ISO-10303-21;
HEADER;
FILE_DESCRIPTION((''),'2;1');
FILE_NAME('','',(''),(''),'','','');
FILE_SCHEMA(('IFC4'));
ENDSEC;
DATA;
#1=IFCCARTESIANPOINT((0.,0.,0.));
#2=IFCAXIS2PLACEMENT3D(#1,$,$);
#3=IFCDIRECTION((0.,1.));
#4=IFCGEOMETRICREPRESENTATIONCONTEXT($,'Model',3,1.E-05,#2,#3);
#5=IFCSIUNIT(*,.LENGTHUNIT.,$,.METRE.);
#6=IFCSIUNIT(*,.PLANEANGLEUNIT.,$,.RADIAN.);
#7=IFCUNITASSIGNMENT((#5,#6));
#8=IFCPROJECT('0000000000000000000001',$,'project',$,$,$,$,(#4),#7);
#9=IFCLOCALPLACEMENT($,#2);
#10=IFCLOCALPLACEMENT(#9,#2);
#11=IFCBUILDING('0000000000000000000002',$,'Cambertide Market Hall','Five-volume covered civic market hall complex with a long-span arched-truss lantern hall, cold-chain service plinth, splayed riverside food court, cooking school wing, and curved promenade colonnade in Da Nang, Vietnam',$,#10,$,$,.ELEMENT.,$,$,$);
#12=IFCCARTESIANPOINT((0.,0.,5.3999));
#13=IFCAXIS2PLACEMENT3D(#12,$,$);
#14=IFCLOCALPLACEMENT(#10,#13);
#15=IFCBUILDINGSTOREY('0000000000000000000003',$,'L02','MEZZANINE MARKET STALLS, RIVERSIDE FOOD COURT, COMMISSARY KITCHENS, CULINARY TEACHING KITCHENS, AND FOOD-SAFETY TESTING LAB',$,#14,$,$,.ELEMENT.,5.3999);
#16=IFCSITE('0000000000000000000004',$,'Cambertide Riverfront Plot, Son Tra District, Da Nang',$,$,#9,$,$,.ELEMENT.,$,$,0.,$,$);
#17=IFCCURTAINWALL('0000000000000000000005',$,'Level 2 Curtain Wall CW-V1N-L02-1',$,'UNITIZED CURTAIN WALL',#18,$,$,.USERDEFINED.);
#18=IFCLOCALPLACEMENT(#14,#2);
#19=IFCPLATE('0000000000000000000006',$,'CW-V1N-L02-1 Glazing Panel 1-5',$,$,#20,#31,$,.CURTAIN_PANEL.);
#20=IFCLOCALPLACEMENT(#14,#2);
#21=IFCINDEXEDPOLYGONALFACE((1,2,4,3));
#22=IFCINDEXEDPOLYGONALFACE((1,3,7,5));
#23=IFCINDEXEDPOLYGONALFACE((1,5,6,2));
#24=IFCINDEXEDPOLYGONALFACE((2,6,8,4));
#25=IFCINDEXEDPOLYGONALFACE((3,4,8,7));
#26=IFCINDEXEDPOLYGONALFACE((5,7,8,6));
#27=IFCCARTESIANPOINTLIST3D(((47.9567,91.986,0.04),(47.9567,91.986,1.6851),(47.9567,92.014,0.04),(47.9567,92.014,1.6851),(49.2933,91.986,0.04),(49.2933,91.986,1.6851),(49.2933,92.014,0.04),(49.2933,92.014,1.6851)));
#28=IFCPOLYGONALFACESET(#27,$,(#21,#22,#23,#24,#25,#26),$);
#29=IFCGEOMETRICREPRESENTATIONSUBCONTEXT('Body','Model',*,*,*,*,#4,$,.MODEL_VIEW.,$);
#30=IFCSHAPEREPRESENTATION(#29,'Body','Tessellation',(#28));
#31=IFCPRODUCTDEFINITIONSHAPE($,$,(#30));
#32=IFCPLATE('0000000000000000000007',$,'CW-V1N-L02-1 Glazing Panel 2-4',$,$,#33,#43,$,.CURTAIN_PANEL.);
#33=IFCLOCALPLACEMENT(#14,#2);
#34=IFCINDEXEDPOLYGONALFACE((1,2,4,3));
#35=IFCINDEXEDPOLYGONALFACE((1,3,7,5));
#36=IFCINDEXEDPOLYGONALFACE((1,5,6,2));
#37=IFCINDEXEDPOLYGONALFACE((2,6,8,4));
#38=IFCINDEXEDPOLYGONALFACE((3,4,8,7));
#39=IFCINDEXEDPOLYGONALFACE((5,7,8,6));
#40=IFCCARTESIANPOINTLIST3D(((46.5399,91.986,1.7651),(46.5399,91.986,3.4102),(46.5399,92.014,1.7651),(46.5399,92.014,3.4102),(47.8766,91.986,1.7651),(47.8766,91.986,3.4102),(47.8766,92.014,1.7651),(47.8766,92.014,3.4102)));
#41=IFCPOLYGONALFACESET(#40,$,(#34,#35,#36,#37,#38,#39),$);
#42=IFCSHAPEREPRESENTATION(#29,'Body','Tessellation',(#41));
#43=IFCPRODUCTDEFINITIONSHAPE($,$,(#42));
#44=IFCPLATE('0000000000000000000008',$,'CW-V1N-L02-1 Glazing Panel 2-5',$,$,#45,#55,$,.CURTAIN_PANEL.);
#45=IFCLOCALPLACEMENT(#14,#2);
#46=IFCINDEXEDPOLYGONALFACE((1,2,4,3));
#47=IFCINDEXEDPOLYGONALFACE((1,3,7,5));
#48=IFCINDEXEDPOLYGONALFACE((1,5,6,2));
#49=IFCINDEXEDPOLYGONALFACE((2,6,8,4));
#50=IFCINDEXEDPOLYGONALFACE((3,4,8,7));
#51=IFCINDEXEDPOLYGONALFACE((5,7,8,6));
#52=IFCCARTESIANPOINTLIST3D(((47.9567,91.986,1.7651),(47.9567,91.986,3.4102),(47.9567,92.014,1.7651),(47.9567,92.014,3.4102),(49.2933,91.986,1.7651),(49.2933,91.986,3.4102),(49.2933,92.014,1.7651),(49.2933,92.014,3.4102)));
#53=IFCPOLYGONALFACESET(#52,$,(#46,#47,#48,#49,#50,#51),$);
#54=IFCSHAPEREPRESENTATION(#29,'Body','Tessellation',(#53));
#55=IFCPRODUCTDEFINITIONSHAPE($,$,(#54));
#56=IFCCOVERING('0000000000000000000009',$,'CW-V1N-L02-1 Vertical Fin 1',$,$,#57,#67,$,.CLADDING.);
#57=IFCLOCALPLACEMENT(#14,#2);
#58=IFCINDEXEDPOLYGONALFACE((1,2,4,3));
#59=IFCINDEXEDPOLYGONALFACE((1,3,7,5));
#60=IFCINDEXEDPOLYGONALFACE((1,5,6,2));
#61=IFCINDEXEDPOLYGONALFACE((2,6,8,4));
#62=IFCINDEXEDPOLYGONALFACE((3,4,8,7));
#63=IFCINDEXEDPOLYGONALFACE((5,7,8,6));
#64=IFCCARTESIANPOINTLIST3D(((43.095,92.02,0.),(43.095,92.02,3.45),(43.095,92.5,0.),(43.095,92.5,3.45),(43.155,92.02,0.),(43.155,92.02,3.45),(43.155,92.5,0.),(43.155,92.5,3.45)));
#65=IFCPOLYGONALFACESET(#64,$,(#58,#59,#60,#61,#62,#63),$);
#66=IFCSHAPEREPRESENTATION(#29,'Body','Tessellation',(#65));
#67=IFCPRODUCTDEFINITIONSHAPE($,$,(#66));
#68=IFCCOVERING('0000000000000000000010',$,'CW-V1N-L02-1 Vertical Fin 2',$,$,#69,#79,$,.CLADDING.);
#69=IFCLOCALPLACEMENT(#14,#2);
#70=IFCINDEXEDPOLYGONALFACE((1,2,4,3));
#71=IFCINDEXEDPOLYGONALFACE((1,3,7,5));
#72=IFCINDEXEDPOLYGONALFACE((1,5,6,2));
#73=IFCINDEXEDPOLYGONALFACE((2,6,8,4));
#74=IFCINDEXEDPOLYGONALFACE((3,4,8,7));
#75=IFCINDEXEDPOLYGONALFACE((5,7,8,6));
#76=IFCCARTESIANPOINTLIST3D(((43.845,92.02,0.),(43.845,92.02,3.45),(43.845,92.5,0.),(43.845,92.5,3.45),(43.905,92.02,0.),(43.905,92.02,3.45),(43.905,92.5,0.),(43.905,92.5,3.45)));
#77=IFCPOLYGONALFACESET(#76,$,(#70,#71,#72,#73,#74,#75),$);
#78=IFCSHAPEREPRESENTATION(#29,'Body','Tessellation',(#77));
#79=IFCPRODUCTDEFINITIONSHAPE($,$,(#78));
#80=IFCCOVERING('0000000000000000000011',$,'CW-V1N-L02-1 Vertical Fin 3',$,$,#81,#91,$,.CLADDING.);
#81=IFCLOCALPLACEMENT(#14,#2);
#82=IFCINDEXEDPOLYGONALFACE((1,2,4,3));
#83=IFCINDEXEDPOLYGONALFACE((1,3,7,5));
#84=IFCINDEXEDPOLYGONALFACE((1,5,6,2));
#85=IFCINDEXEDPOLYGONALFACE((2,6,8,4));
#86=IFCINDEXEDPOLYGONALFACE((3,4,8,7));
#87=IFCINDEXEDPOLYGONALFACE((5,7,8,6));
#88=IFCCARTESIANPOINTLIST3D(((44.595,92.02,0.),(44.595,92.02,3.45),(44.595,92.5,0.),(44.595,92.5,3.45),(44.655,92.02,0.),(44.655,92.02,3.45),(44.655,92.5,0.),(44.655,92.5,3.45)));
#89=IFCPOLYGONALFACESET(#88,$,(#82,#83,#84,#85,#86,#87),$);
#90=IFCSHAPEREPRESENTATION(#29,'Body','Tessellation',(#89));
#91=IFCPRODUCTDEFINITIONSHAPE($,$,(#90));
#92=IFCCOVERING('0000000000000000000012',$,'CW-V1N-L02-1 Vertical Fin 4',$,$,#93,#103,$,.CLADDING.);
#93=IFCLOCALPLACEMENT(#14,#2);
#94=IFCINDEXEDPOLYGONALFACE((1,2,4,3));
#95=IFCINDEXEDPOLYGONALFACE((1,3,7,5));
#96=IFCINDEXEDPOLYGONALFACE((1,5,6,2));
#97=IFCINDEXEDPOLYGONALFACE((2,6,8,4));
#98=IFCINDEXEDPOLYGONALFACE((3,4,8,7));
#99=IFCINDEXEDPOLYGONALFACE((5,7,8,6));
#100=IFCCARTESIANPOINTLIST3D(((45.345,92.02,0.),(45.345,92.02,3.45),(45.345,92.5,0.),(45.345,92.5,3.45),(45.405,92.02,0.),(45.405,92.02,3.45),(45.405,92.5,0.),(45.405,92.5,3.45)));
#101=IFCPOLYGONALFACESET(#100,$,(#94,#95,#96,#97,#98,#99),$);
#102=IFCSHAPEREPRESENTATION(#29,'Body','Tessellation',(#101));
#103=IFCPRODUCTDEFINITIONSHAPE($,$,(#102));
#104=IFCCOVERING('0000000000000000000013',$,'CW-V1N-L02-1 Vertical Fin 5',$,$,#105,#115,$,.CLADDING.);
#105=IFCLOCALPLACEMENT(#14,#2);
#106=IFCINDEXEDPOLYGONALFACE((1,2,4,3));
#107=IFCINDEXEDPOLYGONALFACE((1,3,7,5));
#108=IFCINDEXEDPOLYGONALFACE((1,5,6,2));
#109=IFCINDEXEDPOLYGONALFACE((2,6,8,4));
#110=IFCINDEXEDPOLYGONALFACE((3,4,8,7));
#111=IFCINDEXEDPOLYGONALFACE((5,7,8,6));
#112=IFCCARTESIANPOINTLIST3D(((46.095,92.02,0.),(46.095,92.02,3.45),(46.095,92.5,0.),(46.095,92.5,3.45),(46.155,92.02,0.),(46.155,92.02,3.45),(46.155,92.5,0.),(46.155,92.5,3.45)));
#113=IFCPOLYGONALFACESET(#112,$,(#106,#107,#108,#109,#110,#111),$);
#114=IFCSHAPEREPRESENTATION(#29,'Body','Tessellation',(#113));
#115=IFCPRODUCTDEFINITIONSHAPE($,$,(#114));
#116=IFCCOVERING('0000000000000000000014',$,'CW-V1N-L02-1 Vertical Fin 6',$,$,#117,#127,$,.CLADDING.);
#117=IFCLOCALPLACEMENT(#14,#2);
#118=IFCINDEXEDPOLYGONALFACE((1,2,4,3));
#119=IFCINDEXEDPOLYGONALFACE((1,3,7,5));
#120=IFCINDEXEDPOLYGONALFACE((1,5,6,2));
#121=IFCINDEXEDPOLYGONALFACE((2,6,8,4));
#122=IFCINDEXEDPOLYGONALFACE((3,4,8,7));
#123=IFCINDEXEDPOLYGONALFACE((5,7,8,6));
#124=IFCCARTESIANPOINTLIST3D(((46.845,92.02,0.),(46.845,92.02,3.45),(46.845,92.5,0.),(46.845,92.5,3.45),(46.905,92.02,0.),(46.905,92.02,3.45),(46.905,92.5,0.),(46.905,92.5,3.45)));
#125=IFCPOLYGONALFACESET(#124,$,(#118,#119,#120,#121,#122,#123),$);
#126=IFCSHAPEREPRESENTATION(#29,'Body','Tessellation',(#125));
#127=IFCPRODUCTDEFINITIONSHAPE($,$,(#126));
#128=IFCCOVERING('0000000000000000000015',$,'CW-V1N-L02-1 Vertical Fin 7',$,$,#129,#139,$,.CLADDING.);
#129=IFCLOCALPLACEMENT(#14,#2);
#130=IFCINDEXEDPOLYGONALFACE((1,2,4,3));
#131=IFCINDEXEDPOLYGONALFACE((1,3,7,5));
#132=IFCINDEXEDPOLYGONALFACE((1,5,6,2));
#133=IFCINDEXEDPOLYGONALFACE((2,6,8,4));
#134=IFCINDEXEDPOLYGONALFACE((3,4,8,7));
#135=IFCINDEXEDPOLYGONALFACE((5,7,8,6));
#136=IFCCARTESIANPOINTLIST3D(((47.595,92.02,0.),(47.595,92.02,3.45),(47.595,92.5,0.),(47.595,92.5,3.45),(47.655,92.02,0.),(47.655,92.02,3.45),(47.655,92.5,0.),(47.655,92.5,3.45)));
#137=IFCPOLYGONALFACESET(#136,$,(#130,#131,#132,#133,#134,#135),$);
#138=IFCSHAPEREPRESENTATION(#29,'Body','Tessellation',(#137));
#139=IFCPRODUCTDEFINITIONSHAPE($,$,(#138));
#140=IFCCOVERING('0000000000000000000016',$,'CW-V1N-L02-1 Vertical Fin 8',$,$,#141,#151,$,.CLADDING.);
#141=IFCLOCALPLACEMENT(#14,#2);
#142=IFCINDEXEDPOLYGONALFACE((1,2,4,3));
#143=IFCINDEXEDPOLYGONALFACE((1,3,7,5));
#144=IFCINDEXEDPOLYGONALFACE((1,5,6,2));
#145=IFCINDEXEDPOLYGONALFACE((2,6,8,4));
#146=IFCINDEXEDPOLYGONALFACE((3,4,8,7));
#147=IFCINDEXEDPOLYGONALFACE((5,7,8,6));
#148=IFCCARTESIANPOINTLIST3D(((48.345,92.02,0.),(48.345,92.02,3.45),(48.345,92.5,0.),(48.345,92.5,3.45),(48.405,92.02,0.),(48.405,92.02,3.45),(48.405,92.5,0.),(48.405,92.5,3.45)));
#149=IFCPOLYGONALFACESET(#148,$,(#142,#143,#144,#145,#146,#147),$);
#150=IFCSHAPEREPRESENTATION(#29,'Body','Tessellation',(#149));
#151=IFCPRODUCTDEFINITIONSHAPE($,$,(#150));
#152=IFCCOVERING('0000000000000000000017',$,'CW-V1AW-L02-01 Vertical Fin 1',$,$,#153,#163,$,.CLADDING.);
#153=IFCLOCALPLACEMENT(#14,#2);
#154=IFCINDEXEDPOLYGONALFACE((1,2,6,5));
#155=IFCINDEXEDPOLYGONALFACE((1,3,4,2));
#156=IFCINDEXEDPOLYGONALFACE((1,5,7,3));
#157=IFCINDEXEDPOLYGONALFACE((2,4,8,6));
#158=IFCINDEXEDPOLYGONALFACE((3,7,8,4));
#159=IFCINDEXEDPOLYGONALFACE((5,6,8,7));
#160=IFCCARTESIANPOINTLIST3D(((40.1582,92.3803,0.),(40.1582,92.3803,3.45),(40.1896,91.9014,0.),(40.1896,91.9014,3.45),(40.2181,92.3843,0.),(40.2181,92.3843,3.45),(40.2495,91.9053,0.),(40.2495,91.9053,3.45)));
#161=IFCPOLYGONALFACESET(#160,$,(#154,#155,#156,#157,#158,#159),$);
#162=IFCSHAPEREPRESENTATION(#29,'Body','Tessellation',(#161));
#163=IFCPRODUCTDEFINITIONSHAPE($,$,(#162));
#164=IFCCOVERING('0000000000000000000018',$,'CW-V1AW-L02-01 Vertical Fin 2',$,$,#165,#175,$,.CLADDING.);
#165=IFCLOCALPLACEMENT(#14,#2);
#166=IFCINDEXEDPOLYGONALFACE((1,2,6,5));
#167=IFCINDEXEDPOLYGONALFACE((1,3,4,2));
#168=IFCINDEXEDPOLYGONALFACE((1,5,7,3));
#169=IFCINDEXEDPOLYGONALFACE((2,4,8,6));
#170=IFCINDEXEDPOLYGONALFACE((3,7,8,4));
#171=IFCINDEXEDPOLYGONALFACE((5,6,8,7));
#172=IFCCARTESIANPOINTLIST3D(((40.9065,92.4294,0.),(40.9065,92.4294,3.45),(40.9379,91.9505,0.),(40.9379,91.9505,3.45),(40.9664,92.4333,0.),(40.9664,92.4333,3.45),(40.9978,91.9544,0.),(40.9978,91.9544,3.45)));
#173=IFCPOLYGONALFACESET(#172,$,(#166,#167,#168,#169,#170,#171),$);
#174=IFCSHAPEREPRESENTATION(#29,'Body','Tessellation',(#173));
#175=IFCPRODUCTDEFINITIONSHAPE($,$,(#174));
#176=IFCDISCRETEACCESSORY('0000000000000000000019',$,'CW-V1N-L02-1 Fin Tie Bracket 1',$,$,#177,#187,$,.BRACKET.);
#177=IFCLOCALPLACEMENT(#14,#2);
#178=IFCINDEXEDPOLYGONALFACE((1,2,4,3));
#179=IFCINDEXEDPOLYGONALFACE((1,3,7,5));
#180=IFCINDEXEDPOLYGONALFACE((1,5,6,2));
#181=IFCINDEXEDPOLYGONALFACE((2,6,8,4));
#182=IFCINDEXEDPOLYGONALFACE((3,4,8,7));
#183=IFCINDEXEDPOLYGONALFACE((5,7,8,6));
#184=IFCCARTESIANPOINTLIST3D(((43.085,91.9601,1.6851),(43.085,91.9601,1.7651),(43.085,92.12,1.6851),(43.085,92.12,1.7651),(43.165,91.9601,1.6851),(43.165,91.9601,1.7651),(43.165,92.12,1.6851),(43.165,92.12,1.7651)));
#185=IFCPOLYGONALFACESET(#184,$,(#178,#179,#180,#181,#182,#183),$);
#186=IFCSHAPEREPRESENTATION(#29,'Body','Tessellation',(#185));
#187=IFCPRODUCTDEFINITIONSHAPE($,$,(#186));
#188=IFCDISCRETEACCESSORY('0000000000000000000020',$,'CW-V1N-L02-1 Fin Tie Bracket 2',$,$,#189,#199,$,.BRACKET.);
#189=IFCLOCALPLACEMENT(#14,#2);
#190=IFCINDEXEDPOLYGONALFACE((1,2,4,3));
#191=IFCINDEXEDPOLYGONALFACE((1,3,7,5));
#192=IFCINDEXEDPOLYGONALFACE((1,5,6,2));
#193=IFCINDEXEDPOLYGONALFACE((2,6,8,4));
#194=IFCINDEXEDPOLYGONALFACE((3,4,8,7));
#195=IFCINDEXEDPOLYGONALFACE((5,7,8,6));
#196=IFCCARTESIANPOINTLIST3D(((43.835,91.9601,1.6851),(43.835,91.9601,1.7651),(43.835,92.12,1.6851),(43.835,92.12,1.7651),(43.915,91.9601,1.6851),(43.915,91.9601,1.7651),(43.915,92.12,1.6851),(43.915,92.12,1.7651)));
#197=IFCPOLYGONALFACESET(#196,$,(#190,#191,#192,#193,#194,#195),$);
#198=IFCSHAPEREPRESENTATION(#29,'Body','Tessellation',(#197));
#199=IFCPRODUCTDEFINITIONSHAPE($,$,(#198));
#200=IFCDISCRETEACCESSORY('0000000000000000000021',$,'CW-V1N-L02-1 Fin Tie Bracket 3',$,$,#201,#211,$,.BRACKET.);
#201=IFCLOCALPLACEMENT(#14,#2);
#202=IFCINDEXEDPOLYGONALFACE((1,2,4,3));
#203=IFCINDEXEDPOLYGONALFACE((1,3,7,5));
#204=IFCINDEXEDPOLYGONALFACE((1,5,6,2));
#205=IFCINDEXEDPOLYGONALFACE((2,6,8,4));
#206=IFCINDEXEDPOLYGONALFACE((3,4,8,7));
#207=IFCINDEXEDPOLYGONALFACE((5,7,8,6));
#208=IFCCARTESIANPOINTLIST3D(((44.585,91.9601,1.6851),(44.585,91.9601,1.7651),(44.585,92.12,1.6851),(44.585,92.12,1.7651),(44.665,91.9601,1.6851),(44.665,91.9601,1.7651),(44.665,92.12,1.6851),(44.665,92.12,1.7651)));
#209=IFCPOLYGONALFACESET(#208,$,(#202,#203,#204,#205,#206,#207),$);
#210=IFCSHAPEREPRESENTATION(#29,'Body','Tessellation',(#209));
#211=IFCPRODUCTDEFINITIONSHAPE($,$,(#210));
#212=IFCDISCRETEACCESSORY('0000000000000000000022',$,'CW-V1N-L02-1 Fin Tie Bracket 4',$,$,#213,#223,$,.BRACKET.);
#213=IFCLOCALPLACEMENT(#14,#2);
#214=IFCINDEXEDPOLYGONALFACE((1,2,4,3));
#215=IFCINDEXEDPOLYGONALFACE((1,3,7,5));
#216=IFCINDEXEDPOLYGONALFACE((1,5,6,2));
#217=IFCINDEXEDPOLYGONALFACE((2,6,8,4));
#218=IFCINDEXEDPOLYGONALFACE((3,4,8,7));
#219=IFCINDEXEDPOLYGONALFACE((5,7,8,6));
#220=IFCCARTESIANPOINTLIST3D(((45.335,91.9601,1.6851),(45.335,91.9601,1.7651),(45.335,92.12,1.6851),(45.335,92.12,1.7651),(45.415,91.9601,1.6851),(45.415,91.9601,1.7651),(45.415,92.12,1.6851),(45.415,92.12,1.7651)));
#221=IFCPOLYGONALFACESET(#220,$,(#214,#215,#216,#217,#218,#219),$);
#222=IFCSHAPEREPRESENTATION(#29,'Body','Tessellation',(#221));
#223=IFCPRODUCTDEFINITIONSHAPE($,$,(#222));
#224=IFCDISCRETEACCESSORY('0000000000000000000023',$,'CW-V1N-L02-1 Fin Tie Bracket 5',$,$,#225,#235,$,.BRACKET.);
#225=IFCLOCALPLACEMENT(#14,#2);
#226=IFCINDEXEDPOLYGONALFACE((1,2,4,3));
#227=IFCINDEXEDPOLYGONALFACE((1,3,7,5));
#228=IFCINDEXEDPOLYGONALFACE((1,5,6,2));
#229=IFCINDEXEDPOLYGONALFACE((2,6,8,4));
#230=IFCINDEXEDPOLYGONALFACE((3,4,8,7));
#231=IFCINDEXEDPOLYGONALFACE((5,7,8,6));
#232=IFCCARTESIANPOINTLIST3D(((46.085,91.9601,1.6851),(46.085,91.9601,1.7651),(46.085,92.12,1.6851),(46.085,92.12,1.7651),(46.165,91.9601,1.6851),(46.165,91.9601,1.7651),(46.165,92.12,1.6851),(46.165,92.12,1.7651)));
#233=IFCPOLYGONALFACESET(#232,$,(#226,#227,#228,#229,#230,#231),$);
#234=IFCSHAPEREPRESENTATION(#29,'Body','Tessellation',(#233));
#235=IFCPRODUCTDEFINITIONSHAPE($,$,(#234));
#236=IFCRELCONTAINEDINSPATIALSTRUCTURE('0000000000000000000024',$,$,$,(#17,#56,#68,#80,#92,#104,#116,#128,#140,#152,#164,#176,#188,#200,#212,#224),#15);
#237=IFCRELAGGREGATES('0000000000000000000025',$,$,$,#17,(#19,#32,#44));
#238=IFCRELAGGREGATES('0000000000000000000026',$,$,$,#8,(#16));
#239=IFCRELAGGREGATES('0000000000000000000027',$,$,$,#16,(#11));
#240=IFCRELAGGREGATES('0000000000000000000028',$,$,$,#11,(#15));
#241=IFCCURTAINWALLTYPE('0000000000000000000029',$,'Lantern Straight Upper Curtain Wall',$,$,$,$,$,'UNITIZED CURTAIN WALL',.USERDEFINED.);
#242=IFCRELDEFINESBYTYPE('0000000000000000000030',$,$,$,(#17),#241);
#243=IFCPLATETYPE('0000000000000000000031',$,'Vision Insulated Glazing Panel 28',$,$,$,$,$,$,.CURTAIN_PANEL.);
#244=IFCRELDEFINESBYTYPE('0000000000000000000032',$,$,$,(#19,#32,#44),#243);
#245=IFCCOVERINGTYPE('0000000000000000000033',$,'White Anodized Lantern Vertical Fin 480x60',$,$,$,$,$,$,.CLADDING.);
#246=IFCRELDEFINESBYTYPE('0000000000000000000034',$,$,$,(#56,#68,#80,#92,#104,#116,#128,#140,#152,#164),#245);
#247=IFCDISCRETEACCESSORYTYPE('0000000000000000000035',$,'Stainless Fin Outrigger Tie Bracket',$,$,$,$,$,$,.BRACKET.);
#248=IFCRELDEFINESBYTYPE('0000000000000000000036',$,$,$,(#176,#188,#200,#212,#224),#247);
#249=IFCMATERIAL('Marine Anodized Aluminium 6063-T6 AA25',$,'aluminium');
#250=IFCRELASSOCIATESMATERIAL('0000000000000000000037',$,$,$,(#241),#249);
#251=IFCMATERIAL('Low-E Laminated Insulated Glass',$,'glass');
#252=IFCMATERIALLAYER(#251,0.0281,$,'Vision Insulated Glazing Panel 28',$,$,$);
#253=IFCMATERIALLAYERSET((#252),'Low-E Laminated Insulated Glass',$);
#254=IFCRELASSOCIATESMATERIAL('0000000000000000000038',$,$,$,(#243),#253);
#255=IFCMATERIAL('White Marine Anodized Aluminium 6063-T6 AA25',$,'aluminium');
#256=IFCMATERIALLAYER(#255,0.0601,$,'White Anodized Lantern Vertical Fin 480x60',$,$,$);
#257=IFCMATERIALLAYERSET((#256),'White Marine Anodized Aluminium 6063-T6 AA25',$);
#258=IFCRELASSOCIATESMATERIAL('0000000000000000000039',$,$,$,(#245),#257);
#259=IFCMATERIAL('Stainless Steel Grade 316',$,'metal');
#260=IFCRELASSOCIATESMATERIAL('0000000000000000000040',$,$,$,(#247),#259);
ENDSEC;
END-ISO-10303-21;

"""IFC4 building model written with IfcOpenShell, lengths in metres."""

from ifc_helpers import new_model, si_unit, direction, frame, origin, origin_2d, place, context, subcontext, project, spatial, rectangle, extrude, material, layer, layer_set, type_object, element, aggregate, save


model = new_model("IFC4")

# Units and contexts
model_context = context("Model", 3, precision=1e-05, world=origin(), true_north=direction((0.0, 1.0)))
body_context = subcontext(model_context, "Body", "Model", "MODEL_VIEW")
ifc_project = project(units=[si_unit("LENGTHUNIT", "METRE"), si_unit("PLANEANGLEUNIT", "RADIAN")], contexts=[model_context])

# Site, building, storey
site_placement = place(None, origin())
site = spatial("IfcSite", under=ifc_project, at=site_placement, Name="Cambertide Riverfront Plot, Son Tra District, Da Nang", CompositionType="ELEMENT", RefElevation=0.0)
building_placement = place(site_placement, origin())
building = spatial("IfcBuilding", under=site, at=building_placement, Name="Cambertide Market Hall", Description="Five-volume covered civic market hall complex with a long-span arched-truss lantern hall, cold-chain service plinth, splayed riverside food court, cooking school wing, and curved promenade colonnade in Da Nang, Vietnam", CompositionType="ELEMENT")
storey_placement = place(building_placement, frame((0.0, 0.0, 5.3999)))
storey = spatial("IfcBuildingStorey", under=building, at=storey_placement, Name="L02", Description="MEZZANINE MARKET STALLS, RIVERSIDE FOOD COURT, COMMISSARY KITCHENS, CULINARY TEACHING KITCHENS, AND FOOD-SAFETY TESTING LAB", CompositionType="ELEMENT", Elevation=5.3999)

# Curtain wall
ifc_material_1 = material(Name="Marine Anodized Aluminium 6063-T6 AA25", Category="aluminium")
curtain_wall_type = type_object("IfcCurtainWallType", Name="Lantern Straight Upper Curtain Wall", ElementType="UNITIZED CURTAIN WALL", PredefinedType="USERDEFINED", material=ifc_material_1)
curtain_wall_placement = place(storey_placement, origin())
curtain_wall = element("IfcCurtainWall", 1, at=curtain_wall_placement, inside=storey, type_object=curtain_wall_type, Name="Level 2 Curtain Wall CW-V1N-L02-1", ObjectType="UNITIZED CURTAIN WALL", PredefinedType="USERDEFINED")

# Plates
ifc_material_2 = material(Name="Low-E Laminated Insulated Glass", Category="glass")
ifc_layer_1 = layer(ifc_material_2, 0.0281, Name="Vision Insulated Glazing Panel 28")
ifc_layer_set_1 = layer_set([ifc_layer_1], Name="Low-E Laminated Insulated Glass")
plate_type = type_object("IfcPlateType", Name="Vision Insulated Glazing Panel 28", PredefinedType="CURTAIN_PANEL", material=ifc_layer_set_1)
plate_1_placement = place(storey_placement, frame((48.625, 92.0, 0.04), z_axis=(0.0, 0.0, 1.0), x_axis=(1.0, 0.0, 0.0)))
plate_1 = element("IfcPlate", 2, at=plate_1_placement, type_object=plate_type, Name="CW-V1N-L02-1 Glazing Panel 1-5", PredefinedType="CURTAIN_PANEL", context=body_context, shape_type="SweptSolid", body=[
    extrude(rectangle(XDim=1.3367, YDim=0.0281, at=origin_2d()), origin(), (0.0, 0.0, 1.0), 1.645),
])
plate_2_placement = place(storey_placement, frame((47.2083, 92.0, 1.7651), z_axis=(0.0, 0.0, 1.0), x_axis=(1.0, 0.0, 0.0)))
plate_2 = element("IfcPlate", 3, at=plate_2_placement, type_object=plate_type, Name="CW-V1N-L02-1 Glazing Panel 2-4", PredefinedType="CURTAIN_PANEL", context=body_context, shape_type="SweptSolid", body=[
    extrude(rectangle(XDim=1.3367, YDim=0.0281, at=origin_2d()), origin(), (0.0, 0.0, 1.0), 1.645),
])
plate_3_placement = place(storey_placement, frame((48.625, 92.0, 1.7651), z_axis=(0.0, 0.0, 1.0), x_axis=(1.0, 0.0, 0.0)))
plate_3 = element("IfcPlate", 4, at=plate_3_placement, type_object=plate_type, Name="CW-V1N-L02-1 Glazing Panel 2-5", PredefinedType="CURTAIN_PANEL", context=body_context, shape_type="SweptSolid", body=[
    extrude(rectangle(XDim=1.3367, YDim=0.0281, at=origin_2d()), origin(), (0.0, 0.0, 1.0), 1.645),
])
aggregate(curtain_wall, [plate_1, plate_2, plate_3])

# Coverings
ifc_material_3 = material(Name="White Marine Anodized Aluminium 6063-T6 AA25", Category="aluminium")
ifc_layer_2 = layer(ifc_material_3, 0.0601, Name="White Anodized Lantern Vertical Fin 480x60")
ifc_layer_set_2 = layer_set([ifc_layer_2], Name="White Marine Anodized Aluminium 6063-T6 AA25")
covering_type = type_object("IfcCoveringType", Name="White Anodized Lantern Vertical Fin 480x60", PredefinedType="CLADDING", material=ifc_layer_set_2)
for number, where, z_axis, x_axis, name in (
    (5, (43.125, 92.26, 0.0), (0.0, 0.0, 1.0), (1.0, 0.0, 0.0), "CW-V1N-L02-1 Vertical Fin 1"),
    (6, (43.875, 92.26, 0.0), (0.0, 0.0, 1.0), (1.0, 0.0, 0.0), "CW-V1N-L02-1 Vertical Fin 2"),
    (7, (44.625, 92.26, 0.0), (0.0, 0.0, 1.0), (1.0, 0.0, 0.0), "CW-V1N-L02-1 Vertical Fin 3"),
    (8, (45.375, 92.26, 0.0), (0.0, 0.0, 1.0), (1.0, 0.0, 0.0), "CW-V1N-L02-1 Vertical Fin 4"),
    (9, (46.125, 92.26, 0.0), (0.0, 0.0, 1.0), (1.0, 0.0, 0.0), "CW-V1N-L02-1 Vertical Fin 5"),
    (10, (46.875, 92.26, 0.0), (0.0, 0.0, 1.0), (1.0, 0.0, 0.0), "CW-V1N-L02-1 Vertical Fin 6"),
    (11, (47.625, 92.26, 0.0), (0.0, 0.0, 1.0), (1.0, 0.0, 0.0), "CW-V1N-L02-1 Vertical Fin 7"),
    (12, (48.375, 92.26, 0.0), (0.0, 0.0, 1.0), (1.0, 0.0, 0.0), "CW-V1N-L02-1 Vertical Fin 8"),
    (13, (40.2039, 92.1428, 0.0), (0.0, 0.0, 1.0), (0.997859, 0.065403, 0.0), "CW-V1AW-L02-01 Vertical Fin 1"),
    (14, (40.9521, 92.1919, 0.0), (0.0, 0.0, 1.0), (0.997859, 0.065403, 0.0), "CW-V1AW-L02-01 Vertical Fin 2"),
):
    element("IfcCovering", number, at=place(storey_placement, frame(where, z_axis=z_axis, x_axis=x_axis)), inside=storey, type_object=covering_type, Name=name, PredefinedType="CLADDING", context=body_context, shape_type="SweptSolid", body=[
        extrude(rectangle(XDim=0.0601, YDim=0.48, at=origin_2d()), origin(), (0.0, 0.0, 1.0), 3.45),
    ])

# Discrete accessories
ifc_material_4 = material(Name="Stainless Steel Grade 316", Category="metal")
discrete_accessory_type = type_object("IfcDiscreteAccessoryType", Name="Stainless Fin Outrigger Tie Bracket", PredefinedType="BRACKET", material=ifc_material_4)
for number, where, z_axis, x_axis, name in (
    (15, (43.125, 92.04, 1.6851), (0.0, 0.0, 1.0), (1.0, 0.0, 0.0), "CW-V1N-L02-1 Fin Tie Bracket 1"),
    (16, (43.875, 92.04, 1.6851), (0.0, 0.0, 1.0), (1.0, 0.0, 0.0), "CW-V1N-L02-1 Fin Tie Bracket 2"),
    (17, (44.625, 92.04, 1.6851), (0.0, 0.0, 1.0), (1.0, 0.0, 0.0), "CW-V1N-L02-1 Fin Tie Bracket 3"),
    (18, (45.375, 92.04, 1.6851), (0.0, 0.0, 1.0), (1.0, 0.0, 0.0), "CW-V1N-L02-1 Fin Tie Bracket 4"),
    (19, (46.125, 92.04, 1.6851), (0.0, 0.0, 1.0), (1.0, 0.0, 0.0), "CW-V1N-L02-1 Fin Tie Bracket 5"),
):
    element("IfcDiscreteAccessory", number, at=place(storey_placement, frame(where, z_axis=z_axis, x_axis=x_axis)), inside=storey, type_object=discrete_accessory_type, Name=name, PredefinedType="BRACKET", context=body_context, shape_type="SweptSolid", body=[
        extrude(rectangle(XDim=0.0801, YDim=0.1599, at=origin_2d()), origin(), (0.0, 0.0, 1.0), 0.0801),
    ])

save(model, "model.ifc")
